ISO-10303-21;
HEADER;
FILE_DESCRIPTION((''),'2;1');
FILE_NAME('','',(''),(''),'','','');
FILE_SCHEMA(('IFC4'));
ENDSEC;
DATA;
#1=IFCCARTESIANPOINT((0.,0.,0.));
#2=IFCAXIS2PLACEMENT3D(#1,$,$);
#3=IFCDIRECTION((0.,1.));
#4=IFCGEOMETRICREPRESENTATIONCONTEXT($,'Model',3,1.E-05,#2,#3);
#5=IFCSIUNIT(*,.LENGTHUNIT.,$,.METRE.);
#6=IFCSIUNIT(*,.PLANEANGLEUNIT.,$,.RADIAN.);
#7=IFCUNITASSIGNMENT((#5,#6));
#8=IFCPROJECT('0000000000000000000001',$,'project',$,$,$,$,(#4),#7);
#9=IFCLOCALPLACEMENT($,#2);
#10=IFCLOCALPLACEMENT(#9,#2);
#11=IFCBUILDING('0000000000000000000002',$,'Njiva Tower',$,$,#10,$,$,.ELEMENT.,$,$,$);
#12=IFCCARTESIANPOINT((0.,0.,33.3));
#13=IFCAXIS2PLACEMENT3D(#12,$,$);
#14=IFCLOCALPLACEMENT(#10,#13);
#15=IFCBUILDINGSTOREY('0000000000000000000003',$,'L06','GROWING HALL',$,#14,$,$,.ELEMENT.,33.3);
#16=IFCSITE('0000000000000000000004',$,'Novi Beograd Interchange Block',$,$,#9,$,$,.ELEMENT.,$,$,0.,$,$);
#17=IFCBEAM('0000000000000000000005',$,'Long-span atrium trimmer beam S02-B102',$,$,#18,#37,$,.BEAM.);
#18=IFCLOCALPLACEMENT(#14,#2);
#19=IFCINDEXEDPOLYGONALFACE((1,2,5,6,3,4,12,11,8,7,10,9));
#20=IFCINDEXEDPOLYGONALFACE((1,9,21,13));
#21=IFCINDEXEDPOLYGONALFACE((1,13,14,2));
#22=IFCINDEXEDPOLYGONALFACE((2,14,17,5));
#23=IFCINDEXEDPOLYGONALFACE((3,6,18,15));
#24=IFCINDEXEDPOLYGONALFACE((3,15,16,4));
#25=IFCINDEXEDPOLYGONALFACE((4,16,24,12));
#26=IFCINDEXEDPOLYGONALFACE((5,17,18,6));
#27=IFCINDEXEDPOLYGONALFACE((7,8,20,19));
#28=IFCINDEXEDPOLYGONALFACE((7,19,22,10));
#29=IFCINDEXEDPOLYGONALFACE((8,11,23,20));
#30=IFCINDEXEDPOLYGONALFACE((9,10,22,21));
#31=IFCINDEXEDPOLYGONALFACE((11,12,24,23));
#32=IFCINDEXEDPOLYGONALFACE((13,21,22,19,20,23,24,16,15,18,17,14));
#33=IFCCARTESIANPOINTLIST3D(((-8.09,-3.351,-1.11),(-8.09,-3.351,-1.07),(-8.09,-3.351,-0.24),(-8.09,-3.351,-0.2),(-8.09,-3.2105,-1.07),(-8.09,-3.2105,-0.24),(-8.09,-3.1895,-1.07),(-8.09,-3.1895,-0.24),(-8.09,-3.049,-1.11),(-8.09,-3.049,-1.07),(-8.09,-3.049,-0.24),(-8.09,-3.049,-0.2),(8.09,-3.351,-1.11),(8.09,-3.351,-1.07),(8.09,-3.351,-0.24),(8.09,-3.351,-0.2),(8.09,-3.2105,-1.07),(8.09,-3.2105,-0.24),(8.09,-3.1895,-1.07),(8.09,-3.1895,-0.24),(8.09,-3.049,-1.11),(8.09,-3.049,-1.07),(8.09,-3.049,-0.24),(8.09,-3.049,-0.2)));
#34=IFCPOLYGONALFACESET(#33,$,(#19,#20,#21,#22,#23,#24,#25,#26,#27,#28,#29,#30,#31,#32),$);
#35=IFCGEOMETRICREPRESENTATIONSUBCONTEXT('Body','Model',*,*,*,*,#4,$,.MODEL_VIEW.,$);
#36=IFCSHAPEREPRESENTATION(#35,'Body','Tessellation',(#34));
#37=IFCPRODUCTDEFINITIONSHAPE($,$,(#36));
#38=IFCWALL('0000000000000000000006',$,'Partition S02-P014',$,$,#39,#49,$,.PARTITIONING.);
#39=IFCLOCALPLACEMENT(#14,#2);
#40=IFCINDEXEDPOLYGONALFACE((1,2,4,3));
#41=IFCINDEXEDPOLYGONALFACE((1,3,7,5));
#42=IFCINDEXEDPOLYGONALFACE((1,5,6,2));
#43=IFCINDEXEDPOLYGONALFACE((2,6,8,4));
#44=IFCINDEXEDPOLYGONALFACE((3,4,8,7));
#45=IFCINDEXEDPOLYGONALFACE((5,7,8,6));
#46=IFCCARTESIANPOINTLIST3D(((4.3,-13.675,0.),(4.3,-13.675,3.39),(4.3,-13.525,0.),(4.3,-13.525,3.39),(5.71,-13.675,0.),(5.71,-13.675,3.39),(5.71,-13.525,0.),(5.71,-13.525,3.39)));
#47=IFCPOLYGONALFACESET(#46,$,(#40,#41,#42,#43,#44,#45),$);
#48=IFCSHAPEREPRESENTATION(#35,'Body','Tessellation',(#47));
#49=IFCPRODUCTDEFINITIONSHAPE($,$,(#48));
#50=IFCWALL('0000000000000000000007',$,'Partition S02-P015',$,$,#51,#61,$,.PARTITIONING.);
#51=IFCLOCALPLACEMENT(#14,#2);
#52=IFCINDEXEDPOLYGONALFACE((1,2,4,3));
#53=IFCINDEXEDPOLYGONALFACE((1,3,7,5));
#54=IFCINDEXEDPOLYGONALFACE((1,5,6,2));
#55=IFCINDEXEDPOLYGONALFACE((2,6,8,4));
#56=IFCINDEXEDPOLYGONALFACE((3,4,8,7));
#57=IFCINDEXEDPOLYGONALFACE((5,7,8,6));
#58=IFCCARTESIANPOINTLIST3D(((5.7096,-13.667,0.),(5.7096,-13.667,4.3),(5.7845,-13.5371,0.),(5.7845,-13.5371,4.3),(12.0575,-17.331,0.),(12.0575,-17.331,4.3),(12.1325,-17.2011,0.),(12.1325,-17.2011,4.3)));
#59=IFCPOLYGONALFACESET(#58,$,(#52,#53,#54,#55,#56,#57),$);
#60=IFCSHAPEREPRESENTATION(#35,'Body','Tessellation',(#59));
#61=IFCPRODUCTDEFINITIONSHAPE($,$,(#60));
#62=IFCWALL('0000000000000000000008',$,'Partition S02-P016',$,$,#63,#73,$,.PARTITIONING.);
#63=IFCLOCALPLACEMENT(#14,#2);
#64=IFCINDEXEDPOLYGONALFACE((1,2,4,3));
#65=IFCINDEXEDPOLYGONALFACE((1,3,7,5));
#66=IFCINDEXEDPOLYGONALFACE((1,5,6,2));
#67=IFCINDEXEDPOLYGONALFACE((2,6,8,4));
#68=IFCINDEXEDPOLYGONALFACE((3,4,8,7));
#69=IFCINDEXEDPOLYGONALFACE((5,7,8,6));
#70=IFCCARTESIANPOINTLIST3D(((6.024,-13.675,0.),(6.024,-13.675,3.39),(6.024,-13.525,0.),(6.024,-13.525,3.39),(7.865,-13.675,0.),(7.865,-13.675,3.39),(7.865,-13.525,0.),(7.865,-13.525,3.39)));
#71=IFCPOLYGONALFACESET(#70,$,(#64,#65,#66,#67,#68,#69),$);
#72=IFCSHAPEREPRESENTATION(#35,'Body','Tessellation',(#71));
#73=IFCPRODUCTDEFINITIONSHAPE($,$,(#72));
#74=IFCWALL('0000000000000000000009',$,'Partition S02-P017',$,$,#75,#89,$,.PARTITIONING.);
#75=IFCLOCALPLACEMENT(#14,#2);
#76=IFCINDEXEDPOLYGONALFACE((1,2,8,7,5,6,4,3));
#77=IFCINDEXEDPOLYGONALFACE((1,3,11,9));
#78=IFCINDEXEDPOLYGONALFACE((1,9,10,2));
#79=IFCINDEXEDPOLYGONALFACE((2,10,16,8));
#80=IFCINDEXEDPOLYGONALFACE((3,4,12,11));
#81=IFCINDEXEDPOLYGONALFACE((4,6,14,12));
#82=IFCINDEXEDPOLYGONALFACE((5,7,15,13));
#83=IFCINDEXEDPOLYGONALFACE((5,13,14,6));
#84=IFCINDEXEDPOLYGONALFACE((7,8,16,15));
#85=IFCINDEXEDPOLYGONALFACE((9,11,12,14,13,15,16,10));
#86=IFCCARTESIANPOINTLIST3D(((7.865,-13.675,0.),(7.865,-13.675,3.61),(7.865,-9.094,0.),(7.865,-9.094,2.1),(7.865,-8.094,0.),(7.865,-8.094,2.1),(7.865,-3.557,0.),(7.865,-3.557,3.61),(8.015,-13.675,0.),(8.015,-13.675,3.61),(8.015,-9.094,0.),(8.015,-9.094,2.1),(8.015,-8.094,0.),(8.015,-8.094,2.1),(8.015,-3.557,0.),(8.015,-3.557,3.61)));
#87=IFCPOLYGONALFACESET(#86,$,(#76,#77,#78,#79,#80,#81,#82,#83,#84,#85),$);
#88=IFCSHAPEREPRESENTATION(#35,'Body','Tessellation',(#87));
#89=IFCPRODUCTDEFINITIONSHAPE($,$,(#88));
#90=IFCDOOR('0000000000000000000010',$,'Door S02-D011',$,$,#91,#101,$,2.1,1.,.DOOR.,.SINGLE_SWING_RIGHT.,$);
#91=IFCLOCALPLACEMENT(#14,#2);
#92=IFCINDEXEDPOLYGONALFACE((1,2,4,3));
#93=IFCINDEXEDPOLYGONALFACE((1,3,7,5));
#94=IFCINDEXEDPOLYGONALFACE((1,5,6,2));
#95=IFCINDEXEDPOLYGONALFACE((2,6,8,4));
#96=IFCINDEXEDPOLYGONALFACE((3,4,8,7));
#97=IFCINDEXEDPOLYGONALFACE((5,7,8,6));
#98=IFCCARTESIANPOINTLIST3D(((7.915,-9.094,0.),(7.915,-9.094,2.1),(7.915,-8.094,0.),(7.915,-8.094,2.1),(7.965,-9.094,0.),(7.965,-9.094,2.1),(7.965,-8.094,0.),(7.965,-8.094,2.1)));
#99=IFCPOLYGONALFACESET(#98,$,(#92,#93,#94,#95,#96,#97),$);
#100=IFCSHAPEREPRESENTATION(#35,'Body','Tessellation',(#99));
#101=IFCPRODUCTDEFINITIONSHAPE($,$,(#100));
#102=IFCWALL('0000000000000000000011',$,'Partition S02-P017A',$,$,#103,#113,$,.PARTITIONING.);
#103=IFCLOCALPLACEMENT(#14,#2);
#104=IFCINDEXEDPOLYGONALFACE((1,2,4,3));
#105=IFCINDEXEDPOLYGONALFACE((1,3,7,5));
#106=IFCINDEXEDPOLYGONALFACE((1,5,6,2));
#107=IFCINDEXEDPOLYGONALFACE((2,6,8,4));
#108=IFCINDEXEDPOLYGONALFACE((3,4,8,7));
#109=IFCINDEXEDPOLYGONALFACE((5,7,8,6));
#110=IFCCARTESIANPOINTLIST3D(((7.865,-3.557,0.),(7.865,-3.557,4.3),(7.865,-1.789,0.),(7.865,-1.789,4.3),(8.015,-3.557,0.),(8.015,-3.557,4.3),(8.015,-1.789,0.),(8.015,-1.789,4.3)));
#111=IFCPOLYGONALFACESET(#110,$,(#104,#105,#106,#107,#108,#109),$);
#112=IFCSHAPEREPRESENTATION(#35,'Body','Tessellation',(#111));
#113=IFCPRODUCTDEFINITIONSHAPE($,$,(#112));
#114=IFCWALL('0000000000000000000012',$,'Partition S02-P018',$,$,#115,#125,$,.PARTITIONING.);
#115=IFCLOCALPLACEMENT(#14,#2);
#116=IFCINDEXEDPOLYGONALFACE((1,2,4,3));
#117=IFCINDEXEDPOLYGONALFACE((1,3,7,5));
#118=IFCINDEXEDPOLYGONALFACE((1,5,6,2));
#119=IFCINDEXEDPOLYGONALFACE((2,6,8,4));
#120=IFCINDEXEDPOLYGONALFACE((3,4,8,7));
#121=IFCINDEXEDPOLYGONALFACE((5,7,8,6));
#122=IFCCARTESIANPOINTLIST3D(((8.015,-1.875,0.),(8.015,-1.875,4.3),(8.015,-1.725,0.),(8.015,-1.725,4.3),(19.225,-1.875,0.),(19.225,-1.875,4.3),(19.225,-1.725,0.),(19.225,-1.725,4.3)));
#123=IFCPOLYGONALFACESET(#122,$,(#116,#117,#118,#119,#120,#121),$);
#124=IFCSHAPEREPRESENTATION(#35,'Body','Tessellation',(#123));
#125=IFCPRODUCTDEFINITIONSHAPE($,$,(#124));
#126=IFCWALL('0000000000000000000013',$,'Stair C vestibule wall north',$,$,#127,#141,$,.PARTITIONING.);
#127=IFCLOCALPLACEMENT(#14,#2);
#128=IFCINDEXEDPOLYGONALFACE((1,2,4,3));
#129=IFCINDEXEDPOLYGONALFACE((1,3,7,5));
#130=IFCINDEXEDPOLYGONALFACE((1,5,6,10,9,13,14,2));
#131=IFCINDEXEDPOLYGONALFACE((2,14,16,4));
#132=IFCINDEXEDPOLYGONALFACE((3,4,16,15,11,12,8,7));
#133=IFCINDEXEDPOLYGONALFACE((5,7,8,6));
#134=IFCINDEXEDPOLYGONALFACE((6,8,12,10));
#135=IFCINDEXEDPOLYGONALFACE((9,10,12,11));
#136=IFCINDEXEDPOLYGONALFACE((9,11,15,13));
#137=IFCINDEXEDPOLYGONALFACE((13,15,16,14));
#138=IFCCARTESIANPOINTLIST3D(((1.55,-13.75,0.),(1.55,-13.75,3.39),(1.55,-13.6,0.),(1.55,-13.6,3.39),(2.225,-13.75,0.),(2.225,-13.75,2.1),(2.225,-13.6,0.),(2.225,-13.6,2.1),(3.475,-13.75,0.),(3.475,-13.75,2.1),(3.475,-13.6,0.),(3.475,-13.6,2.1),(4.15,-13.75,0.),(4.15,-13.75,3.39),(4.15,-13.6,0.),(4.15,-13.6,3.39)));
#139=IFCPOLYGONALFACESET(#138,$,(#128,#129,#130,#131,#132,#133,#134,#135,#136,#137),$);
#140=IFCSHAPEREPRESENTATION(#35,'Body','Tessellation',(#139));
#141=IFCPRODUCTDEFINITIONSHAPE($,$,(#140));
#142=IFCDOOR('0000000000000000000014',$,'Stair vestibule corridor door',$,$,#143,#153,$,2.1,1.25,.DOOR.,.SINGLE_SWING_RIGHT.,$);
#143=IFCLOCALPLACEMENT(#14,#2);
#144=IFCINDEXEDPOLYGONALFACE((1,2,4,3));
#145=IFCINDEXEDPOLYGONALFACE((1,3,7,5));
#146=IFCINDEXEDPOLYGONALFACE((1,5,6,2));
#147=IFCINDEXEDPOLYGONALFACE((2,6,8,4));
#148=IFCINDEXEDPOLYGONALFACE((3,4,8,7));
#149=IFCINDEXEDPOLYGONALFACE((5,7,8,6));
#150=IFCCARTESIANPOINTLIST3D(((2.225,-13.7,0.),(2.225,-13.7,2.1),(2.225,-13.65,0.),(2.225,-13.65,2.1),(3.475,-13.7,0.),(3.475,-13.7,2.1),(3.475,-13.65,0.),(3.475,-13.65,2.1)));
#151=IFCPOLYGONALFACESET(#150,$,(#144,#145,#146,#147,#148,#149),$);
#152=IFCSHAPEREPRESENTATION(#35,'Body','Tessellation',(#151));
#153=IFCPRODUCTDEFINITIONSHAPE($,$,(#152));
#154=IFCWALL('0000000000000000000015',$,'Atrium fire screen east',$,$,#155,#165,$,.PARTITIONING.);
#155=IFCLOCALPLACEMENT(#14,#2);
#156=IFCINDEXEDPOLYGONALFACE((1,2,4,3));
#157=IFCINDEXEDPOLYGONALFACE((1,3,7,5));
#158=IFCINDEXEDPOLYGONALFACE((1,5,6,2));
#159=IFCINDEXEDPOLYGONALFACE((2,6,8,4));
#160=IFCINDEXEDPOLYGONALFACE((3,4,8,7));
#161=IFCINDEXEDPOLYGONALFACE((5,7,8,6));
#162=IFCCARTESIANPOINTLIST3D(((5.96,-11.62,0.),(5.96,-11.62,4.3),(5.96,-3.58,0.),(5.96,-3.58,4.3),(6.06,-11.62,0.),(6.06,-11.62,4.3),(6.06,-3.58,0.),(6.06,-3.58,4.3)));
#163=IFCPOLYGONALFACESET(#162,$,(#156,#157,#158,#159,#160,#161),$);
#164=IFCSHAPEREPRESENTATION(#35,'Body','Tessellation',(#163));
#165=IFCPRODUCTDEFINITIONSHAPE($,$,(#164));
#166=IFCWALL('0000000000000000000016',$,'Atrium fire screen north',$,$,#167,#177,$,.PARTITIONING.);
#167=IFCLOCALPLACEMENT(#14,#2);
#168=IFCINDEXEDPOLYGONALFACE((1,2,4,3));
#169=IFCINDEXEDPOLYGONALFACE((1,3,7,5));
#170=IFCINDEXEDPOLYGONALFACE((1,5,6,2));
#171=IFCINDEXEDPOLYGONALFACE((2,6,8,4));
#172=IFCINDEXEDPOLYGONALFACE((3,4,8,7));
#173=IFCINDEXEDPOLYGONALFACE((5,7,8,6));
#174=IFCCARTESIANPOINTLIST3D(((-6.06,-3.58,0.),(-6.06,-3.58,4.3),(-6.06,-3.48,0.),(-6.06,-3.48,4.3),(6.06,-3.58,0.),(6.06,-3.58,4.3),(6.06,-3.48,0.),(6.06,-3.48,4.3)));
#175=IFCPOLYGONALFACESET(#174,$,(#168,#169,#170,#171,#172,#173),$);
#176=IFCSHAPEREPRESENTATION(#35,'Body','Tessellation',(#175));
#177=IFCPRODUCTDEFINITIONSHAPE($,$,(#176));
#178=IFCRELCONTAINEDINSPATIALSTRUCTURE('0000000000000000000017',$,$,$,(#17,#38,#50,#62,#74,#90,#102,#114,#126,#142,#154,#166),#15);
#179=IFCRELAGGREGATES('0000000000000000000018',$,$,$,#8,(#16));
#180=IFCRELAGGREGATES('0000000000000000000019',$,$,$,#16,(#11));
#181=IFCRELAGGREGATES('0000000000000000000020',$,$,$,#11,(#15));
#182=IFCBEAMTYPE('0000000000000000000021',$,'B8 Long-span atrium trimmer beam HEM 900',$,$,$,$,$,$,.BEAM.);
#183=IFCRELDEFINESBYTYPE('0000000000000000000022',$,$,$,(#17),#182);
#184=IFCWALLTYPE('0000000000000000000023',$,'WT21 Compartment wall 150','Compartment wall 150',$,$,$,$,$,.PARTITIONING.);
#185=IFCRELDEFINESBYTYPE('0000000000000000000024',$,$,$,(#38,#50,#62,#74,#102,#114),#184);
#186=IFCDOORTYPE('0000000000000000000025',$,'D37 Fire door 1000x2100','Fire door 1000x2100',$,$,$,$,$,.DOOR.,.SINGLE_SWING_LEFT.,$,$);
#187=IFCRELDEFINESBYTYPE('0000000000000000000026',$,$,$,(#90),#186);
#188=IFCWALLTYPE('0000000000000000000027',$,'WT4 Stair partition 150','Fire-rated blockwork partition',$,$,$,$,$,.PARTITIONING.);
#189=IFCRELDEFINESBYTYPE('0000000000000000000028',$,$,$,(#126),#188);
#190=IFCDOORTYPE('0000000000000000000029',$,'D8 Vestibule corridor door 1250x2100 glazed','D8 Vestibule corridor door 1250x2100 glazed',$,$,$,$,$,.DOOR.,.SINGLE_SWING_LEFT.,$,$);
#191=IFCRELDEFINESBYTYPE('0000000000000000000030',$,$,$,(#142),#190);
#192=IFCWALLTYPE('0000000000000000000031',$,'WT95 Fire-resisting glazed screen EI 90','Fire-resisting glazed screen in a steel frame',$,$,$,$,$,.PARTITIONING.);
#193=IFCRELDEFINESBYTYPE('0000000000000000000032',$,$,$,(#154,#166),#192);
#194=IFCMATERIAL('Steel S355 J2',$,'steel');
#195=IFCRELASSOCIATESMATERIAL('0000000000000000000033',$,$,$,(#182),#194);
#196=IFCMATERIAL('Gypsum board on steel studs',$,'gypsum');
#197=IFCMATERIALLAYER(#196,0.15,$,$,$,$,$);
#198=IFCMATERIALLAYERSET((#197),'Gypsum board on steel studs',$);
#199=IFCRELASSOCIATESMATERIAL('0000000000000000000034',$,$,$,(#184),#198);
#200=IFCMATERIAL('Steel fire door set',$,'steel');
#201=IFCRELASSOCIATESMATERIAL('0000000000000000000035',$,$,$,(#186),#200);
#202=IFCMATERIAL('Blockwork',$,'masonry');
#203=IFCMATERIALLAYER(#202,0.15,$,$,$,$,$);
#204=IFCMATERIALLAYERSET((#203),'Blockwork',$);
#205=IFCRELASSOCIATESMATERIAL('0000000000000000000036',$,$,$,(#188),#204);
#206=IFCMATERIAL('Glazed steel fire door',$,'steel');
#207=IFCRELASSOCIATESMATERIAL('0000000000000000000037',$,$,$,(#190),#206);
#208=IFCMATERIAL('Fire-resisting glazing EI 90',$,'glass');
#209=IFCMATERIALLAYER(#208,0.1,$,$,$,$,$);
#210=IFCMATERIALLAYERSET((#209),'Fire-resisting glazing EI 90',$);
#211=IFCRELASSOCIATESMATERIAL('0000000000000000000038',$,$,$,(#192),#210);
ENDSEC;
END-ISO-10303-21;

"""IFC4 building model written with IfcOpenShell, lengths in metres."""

from ifc_helpers import new_model, si_unit, direction, frame, frame_2d, origin, origin_2d, place, context, subcontext, project, spatial, rectangle, i_section, extrude, material, layer, layer_set, material_profile, profile_set, type_object, element, fill, save


model = new_model("IFC4")

# Units and contexts
model_context = context("Model", 3, precision=1e-05, world=origin(), true_north=direction((0.0, 1.0)))
body_context = subcontext(model_context, "Body", "Model", "MODEL_VIEW")
ifc_project = project(units=[si_unit("LENGTHUNIT", "METRE"), si_unit("PLANEANGLEUNIT", "RADIAN")], contexts=[model_context])

# Site, building, storey
site_placement = place(None, origin())
site = spatial("IfcSite", under=ifc_project, at=site_placement, Name="Novi Beograd Interchange Block", CompositionType="ELEMENT", RefElevation=0.0)
building_placement = place(site_placement, origin())
building = spatial("IfcBuilding", under=site, at=building_placement, Name="Njiva Tower", CompositionType="ELEMENT")
storey_placement = place(building_placement, frame((0.0, 0.0, 33.3)))
storey = spatial("IfcBuildingStorey", under=building, at=storey_placement, Name="L06", Description="GROWING HALL", CompositionType="ELEMENT", Elevation=33.3)

# Shared definitions
ifc_material_1 = material(Name="Steel S355 J2", Category="steel")

# Beam
ifc_material_profile_1 = material_profile(ifc_material_1, i_section(OverallWidth=0.302, OverallDepth=0.91, WebThickness=0.021, FlangeThickness=0.04, at=origin_2d()), Name="HEM 900")
ifc_profile_set_1 = profile_set([ifc_material_profile_1], Name="Steel S355 J2")
beam_type_1 = type_object("IfcBeamType", Name="B8 Long-span atrium trimmer beam HEM 900", PredefinedType="BEAM", material=ifc_profile_set_1)
beam_1_placement = place(storey_placement, frame((8.09, -3.2, -0.655), z_axis=(-1.0, 0.0, 0.0), x_axis=(0.0, -1.0, 0.0)))
element("IfcBeam", 1, at=beam_1_placement, inside=storey, type_object=beam_type_1, Name="Long-span atrium trimmer beam S02-B102", PredefinedType="BEAM", context=body_context, shape_type="SweptSolid", body=[
    extrude(i_section(OverallWidth=0.302, OverallDepth=0.91, WebThickness=0.021, FlangeThickness=0.04, at=origin_2d()), origin(), (0.0, 0.0, 1.0), 16.18),
])

# Walls
ifc_material_2 = material(Name="Gypsum board on steel studs", Category="gypsum")
ifc_layer_1 = layer(ifc_material_2, 0.15)
ifc_layer_set_1 = layer_set([ifc_layer_1], Name="Gypsum board on steel studs")
wall_type_1 = type_object("IfcWallType", Name="WT21 Compartment wall 150", Description="Compartment wall 150", PredefinedType="PARTITIONING", material=ifc_layer_set_1)
wall_1_placement = place(storey_placement, frame((4.3, -13.6, 0.0), z_axis=(0.0, 0.0, 1.0), x_axis=(1.0, 0.0, 0.0)))
element("IfcWall", 2, at=wall_1_placement, inside=storey, type_object=wall_type_1, Name="Partition S02-P014", PredefinedType="PARTITIONING", context=body_context, shape_type="SweptSolid", body=[
    extrude(rectangle(XDim=1.41, YDim=0.15, at=frame_2d((0.705, 0.0))), origin(), (0.0, 0.0, 1.0), 3.39),
])
wall_2_placement = place(storey_placement, frame((5.747, -13.602, 0.0), z_axis=(0.0, 0.0, 1.0), x_axis=(0.866086, -0.499896, 0.0)))
element("IfcWall", 3, at=wall_2_placement, inside=storey, type_object=wall_type_1, Name="Partition S02-P015", PredefinedType="PARTITIONING", context=body_context, shape_type="SweptSolid", body=[
    extrude(rectangle(XDim=7.3295, YDim=0.15, at=frame_2d((3.6648, 0.0))), origin(), (0.0, 0.0, 1.0), 4.3),
])
wall_3_placement = place(storey_placement, frame((6.024, -13.6, 0.0), z_axis=(0.0, 0.0, 1.0), x_axis=(1.0, 0.0, 0.0)))
element("IfcWall", 4, at=wall_3_placement, inside=storey, type_object=wall_type_1, Name="Partition S02-P016", PredefinedType="PARTITIONING", context=body_context, shape_type="SweptSolid", body=[
    extrude(rectangle(XDim=1.841, YDim=0.15, at=frame_2d((0.9205, 0.0))), origin(), (0.0, 0.0, 1.0), 3.39),
])

# Wall, opening, door
wall_4_placement = place(storey_placement, frame((7.94, -13.675, 0.0), z_axis=(0.0, 0.0, 1.0), x_axis=(0.0, 1.0, 0.0)))
wall_4 = element("IfcWall", 5, at=wall_4_placement, inside=storey, type_object=wall_type_1, Name="Partition S02-P017", PredefinedType="PARTITIONING", context=body_context, shape_type="SweptSolid", body=[
    extrude(rectangle(XDim=10.118, YDim=0.15, at=frame_2d((5.059, 0.0))), origin(), (0.0, 0.0, 1.0), 3.61),
])
opening_1_placement = place(wall_4_placement, frame((4.581, 0.0, 0.0)))
opening_1 = element("IfcOpeningElement", 6, at=opening_1_placement, cuts=wall_4, PredefinedType="OPENING", context=body_context, shape_type="SweptSolid", body=[
    extrude(rectangle(XDim=1.0, YDim=2.1, at=frame_2d((0.5, 1.05))), frame((0.0, 0.085, 0.0), z_axis=(0.0, -1.0, 0.0), x_axis=(1.0, 0.0, 0.0)), (0.0, 0.0, 1.0), 0.17),
])
ifc_material_3 = material(Name="Steel fire door set", Category="steel")
door_type_1 = type_object("IfcDoorType", Name="D37 Fire door 1000x2100", Description="Fire door 1000x2100", OperationType="SINGLE_SWING_LEFT", PredefinedType="DOOR", material=ifc_material_3)
door_1_placement = place(opening_1_placement, origin())
door_1 = element("IfcDoor", 7, at=door_1_placement, inside=storey, type_object=door_type_1, Name="Door S02-D011", OperationType="SINGLE_SWING_RIGHT", OverallHeight=2.1, OverallWidth=1.0, PredefinedType="DOOR", context=body_context, shape_type="SweptSolid", body=[
    extrude(rectangle(XDim=1.0, YDim=2.1, at=frame_2d((0.5, 1.05))), frame((0.0, 0.025, 0.0), z_axis=(0.0, -1.0, 0.0), x_axis=(1.0, 0.0, 0.0)), (0.0, 0.0, 1.0), 0.05),
])
fill(opening_1, door_1)

# Walls
wall_5_placement = place(storey_placement, frame((7.94, -3.557, 0.0), z_axis=(0.0, 0.0, 1.0), x_axis=(0.0, 1.0, 0.0)))
element("IfcWall", 8, at=wall_5_placement, inside=storey, type_object=wall_type_1, Name="Partition S02-P017A", PredefinedType="PARTITIONING", context=body_context, shape_type="SweptSolid", body=[
    extrude(rectangle(XDim=1.768, YDim=0.15, at=frame_2d((0.884, 0.0))), origin(), (0.0, 0.0, 1.0), 4.3),
])
wall_6_placement = place(storey_placement, frame((8.015, -1.8, 0.0), z_axis=(0.0, 0.0, 1.0), x_axis=(1.0, 0.0, 0.0)))
element("IfcWall", 9, at=wall_6_placement, inside=storey, type_object=wall_type_1, Name="Partition S02-P018", PredefinedType="PARTITIONING", context=body_context, shape_type="SweptSolid", body=[
    extrude(rectangle(XDim=11.21, YDim=0.15, at=frame_2d((5.605, 0.0))), origin(), (0.0, 0.0, 1.0), 4.3),
])

# Wall, opening, door
ifc_material_4 = material(Name="Blockwork", Category="masonry")
ifc_layer_2 = layer(ifc_material_4, 0.15)
ifc_layer_set_2 = layer_set([ifc_layer_2], Name="Blockwork")
wall_type_2 = type_object("IfcWallType", Name="WT4 Stair partition 150", Description="Fire-rated blockwork partition", PredefinedType="PARTITIONING", material=ifc_layer_set_2)
wall_7_placement = place(storey_placement, frame((1.55, -13.675, 0.0), z_axis=(0.0, 0.0, 1.0), x_axis=(1.0, 0.0, 0.0)))
wall_7 = element("IfcWall", 10, at=wall_7_placement, inside=storey, type_object=wall_type_2, Name="Stair C vestibule wall north", PredefinedType="PARTITIONING", context=body_context, shape_type="SweptSolid", body=[
    extrude(rectangle(XDim=2.6, YDim=0.15, at=frame_2d((1.3, 0.0))), origin(), (0.0, 0.0, 1.0), 3.39),
])
opening_2_placement = place(wall_7_placement, frame((0.675, 0.0, 0.0)))
opening_2 = element("IfcOpeningElement", 11, at=opening_2_placement, cuts=wall_7, PredefinedType="OPENING", context=body_context, shape_type="SweptSolid", body=[
    extrude(rectangle(XDim=1.25, YDim=2.1, at=frame_2d((0.625, 1.05))), frame((0.0, 0.085, 0.0), z_axis=(0.0, -1.0, 0.0), x_axis=(1.0, 0.0, 0.0)), (0.0, 0.0, 1.0), 0.17),
])
ifc_material_5 = material(Name="Glazed steel fire door", Category="steel")
door_type_2 = type_object("IfcDoorType", Name="D8 Vestibule corridor door 1250x2100 glazed", Description="D8 Vestibule corridor door 1250x2100 glazed", OperationType="SINGLE_SWING_LEFT", PredefinedType="DOOR", material=ifc_material_5)
door_2_placement = place(opening_2_placement, origin())
door_2 = element("IfcDoor", 12, at=door_2_placement, inside=storey, type_object=door_type_2, Name="Stair vestibule corridor door", OperationType="SINGLE_SWING_RIGHT", OverallHeight=2.1, OverallWidth=1.25, PredefinedType="DOOR", context=body_context, shape_type="SweptSolid", body=[
    extrude(rectangle(XDim=1.25, YDim=2.1, at=frame_2d((0.625, 1.05))), frame((0.0, 0.025, 0.0), z_axis=(0.0, -1.0, 0.0), x_axis=(1.0, 0.0, 0.0)), (0.0, 0.0, 1.0), 0.05),
])
fill(opening_2, door_2)

# Walls
ifc_material_6 = material(Name="Fire-resisting glazing EI 90", Category="glass")
ifc_layer_3 = layer(ifc_material_6, 0.1)
ifc_layer_set_3 = layer_set([ifc_layer_3], Name="Fire-resisting glazing EI 90")
wall_type_3 = type_object("IfcWallType", Name="WT95 Fire-resisting glazed screen EI 90", Description="Fire-resisting glazed screen in a steel frame", PredefinedType="PARTITIONING", material=ifc_layer_set_3)
wall_8_placement = place(storey_placement, frame((6.01, -11.62, 0.0), z_axis=(0.0, 0.0, 1.0), x_axis=(0.0, 1.0, 0.0)))
element("IfcWall", 13, at=wall_8_placement, inside=storey, type_object=wall_type_3, Name="Atrium fire screen east", PredefinedType="PARTITIONING", context=body_context, shape_type="SweptSolid", body=[
    extrude(rectangle(XDim=8.04, YDim=0.1, at=frame_2d((4.02, 0.0))), origin(), (0.0, 0.0, 1.0), 4.3),
])
wall_9_placement = place(storey_placement, frame((6.06, -3.53, 0.0), z_axis=(0.0, 0.0, 1.0), x_axis=(-1.0, 0.0, 0.0)))
element("IfcWall", 14, at=wall_9_placement, inside=storey, type_object=wall_type_3, Name="Atrium fire screen north", PredefinedType="PARTITIONING", context=body_context, shape_type="SweptSolid", body=[
    extrude(rectangle(XDim=12.12, YDim=0.1, at=frame_2d((6.06, 0.0))), origin(), (0.0, 0.0, 1.0), 4.3),
])

save(model, "model.ifc")
